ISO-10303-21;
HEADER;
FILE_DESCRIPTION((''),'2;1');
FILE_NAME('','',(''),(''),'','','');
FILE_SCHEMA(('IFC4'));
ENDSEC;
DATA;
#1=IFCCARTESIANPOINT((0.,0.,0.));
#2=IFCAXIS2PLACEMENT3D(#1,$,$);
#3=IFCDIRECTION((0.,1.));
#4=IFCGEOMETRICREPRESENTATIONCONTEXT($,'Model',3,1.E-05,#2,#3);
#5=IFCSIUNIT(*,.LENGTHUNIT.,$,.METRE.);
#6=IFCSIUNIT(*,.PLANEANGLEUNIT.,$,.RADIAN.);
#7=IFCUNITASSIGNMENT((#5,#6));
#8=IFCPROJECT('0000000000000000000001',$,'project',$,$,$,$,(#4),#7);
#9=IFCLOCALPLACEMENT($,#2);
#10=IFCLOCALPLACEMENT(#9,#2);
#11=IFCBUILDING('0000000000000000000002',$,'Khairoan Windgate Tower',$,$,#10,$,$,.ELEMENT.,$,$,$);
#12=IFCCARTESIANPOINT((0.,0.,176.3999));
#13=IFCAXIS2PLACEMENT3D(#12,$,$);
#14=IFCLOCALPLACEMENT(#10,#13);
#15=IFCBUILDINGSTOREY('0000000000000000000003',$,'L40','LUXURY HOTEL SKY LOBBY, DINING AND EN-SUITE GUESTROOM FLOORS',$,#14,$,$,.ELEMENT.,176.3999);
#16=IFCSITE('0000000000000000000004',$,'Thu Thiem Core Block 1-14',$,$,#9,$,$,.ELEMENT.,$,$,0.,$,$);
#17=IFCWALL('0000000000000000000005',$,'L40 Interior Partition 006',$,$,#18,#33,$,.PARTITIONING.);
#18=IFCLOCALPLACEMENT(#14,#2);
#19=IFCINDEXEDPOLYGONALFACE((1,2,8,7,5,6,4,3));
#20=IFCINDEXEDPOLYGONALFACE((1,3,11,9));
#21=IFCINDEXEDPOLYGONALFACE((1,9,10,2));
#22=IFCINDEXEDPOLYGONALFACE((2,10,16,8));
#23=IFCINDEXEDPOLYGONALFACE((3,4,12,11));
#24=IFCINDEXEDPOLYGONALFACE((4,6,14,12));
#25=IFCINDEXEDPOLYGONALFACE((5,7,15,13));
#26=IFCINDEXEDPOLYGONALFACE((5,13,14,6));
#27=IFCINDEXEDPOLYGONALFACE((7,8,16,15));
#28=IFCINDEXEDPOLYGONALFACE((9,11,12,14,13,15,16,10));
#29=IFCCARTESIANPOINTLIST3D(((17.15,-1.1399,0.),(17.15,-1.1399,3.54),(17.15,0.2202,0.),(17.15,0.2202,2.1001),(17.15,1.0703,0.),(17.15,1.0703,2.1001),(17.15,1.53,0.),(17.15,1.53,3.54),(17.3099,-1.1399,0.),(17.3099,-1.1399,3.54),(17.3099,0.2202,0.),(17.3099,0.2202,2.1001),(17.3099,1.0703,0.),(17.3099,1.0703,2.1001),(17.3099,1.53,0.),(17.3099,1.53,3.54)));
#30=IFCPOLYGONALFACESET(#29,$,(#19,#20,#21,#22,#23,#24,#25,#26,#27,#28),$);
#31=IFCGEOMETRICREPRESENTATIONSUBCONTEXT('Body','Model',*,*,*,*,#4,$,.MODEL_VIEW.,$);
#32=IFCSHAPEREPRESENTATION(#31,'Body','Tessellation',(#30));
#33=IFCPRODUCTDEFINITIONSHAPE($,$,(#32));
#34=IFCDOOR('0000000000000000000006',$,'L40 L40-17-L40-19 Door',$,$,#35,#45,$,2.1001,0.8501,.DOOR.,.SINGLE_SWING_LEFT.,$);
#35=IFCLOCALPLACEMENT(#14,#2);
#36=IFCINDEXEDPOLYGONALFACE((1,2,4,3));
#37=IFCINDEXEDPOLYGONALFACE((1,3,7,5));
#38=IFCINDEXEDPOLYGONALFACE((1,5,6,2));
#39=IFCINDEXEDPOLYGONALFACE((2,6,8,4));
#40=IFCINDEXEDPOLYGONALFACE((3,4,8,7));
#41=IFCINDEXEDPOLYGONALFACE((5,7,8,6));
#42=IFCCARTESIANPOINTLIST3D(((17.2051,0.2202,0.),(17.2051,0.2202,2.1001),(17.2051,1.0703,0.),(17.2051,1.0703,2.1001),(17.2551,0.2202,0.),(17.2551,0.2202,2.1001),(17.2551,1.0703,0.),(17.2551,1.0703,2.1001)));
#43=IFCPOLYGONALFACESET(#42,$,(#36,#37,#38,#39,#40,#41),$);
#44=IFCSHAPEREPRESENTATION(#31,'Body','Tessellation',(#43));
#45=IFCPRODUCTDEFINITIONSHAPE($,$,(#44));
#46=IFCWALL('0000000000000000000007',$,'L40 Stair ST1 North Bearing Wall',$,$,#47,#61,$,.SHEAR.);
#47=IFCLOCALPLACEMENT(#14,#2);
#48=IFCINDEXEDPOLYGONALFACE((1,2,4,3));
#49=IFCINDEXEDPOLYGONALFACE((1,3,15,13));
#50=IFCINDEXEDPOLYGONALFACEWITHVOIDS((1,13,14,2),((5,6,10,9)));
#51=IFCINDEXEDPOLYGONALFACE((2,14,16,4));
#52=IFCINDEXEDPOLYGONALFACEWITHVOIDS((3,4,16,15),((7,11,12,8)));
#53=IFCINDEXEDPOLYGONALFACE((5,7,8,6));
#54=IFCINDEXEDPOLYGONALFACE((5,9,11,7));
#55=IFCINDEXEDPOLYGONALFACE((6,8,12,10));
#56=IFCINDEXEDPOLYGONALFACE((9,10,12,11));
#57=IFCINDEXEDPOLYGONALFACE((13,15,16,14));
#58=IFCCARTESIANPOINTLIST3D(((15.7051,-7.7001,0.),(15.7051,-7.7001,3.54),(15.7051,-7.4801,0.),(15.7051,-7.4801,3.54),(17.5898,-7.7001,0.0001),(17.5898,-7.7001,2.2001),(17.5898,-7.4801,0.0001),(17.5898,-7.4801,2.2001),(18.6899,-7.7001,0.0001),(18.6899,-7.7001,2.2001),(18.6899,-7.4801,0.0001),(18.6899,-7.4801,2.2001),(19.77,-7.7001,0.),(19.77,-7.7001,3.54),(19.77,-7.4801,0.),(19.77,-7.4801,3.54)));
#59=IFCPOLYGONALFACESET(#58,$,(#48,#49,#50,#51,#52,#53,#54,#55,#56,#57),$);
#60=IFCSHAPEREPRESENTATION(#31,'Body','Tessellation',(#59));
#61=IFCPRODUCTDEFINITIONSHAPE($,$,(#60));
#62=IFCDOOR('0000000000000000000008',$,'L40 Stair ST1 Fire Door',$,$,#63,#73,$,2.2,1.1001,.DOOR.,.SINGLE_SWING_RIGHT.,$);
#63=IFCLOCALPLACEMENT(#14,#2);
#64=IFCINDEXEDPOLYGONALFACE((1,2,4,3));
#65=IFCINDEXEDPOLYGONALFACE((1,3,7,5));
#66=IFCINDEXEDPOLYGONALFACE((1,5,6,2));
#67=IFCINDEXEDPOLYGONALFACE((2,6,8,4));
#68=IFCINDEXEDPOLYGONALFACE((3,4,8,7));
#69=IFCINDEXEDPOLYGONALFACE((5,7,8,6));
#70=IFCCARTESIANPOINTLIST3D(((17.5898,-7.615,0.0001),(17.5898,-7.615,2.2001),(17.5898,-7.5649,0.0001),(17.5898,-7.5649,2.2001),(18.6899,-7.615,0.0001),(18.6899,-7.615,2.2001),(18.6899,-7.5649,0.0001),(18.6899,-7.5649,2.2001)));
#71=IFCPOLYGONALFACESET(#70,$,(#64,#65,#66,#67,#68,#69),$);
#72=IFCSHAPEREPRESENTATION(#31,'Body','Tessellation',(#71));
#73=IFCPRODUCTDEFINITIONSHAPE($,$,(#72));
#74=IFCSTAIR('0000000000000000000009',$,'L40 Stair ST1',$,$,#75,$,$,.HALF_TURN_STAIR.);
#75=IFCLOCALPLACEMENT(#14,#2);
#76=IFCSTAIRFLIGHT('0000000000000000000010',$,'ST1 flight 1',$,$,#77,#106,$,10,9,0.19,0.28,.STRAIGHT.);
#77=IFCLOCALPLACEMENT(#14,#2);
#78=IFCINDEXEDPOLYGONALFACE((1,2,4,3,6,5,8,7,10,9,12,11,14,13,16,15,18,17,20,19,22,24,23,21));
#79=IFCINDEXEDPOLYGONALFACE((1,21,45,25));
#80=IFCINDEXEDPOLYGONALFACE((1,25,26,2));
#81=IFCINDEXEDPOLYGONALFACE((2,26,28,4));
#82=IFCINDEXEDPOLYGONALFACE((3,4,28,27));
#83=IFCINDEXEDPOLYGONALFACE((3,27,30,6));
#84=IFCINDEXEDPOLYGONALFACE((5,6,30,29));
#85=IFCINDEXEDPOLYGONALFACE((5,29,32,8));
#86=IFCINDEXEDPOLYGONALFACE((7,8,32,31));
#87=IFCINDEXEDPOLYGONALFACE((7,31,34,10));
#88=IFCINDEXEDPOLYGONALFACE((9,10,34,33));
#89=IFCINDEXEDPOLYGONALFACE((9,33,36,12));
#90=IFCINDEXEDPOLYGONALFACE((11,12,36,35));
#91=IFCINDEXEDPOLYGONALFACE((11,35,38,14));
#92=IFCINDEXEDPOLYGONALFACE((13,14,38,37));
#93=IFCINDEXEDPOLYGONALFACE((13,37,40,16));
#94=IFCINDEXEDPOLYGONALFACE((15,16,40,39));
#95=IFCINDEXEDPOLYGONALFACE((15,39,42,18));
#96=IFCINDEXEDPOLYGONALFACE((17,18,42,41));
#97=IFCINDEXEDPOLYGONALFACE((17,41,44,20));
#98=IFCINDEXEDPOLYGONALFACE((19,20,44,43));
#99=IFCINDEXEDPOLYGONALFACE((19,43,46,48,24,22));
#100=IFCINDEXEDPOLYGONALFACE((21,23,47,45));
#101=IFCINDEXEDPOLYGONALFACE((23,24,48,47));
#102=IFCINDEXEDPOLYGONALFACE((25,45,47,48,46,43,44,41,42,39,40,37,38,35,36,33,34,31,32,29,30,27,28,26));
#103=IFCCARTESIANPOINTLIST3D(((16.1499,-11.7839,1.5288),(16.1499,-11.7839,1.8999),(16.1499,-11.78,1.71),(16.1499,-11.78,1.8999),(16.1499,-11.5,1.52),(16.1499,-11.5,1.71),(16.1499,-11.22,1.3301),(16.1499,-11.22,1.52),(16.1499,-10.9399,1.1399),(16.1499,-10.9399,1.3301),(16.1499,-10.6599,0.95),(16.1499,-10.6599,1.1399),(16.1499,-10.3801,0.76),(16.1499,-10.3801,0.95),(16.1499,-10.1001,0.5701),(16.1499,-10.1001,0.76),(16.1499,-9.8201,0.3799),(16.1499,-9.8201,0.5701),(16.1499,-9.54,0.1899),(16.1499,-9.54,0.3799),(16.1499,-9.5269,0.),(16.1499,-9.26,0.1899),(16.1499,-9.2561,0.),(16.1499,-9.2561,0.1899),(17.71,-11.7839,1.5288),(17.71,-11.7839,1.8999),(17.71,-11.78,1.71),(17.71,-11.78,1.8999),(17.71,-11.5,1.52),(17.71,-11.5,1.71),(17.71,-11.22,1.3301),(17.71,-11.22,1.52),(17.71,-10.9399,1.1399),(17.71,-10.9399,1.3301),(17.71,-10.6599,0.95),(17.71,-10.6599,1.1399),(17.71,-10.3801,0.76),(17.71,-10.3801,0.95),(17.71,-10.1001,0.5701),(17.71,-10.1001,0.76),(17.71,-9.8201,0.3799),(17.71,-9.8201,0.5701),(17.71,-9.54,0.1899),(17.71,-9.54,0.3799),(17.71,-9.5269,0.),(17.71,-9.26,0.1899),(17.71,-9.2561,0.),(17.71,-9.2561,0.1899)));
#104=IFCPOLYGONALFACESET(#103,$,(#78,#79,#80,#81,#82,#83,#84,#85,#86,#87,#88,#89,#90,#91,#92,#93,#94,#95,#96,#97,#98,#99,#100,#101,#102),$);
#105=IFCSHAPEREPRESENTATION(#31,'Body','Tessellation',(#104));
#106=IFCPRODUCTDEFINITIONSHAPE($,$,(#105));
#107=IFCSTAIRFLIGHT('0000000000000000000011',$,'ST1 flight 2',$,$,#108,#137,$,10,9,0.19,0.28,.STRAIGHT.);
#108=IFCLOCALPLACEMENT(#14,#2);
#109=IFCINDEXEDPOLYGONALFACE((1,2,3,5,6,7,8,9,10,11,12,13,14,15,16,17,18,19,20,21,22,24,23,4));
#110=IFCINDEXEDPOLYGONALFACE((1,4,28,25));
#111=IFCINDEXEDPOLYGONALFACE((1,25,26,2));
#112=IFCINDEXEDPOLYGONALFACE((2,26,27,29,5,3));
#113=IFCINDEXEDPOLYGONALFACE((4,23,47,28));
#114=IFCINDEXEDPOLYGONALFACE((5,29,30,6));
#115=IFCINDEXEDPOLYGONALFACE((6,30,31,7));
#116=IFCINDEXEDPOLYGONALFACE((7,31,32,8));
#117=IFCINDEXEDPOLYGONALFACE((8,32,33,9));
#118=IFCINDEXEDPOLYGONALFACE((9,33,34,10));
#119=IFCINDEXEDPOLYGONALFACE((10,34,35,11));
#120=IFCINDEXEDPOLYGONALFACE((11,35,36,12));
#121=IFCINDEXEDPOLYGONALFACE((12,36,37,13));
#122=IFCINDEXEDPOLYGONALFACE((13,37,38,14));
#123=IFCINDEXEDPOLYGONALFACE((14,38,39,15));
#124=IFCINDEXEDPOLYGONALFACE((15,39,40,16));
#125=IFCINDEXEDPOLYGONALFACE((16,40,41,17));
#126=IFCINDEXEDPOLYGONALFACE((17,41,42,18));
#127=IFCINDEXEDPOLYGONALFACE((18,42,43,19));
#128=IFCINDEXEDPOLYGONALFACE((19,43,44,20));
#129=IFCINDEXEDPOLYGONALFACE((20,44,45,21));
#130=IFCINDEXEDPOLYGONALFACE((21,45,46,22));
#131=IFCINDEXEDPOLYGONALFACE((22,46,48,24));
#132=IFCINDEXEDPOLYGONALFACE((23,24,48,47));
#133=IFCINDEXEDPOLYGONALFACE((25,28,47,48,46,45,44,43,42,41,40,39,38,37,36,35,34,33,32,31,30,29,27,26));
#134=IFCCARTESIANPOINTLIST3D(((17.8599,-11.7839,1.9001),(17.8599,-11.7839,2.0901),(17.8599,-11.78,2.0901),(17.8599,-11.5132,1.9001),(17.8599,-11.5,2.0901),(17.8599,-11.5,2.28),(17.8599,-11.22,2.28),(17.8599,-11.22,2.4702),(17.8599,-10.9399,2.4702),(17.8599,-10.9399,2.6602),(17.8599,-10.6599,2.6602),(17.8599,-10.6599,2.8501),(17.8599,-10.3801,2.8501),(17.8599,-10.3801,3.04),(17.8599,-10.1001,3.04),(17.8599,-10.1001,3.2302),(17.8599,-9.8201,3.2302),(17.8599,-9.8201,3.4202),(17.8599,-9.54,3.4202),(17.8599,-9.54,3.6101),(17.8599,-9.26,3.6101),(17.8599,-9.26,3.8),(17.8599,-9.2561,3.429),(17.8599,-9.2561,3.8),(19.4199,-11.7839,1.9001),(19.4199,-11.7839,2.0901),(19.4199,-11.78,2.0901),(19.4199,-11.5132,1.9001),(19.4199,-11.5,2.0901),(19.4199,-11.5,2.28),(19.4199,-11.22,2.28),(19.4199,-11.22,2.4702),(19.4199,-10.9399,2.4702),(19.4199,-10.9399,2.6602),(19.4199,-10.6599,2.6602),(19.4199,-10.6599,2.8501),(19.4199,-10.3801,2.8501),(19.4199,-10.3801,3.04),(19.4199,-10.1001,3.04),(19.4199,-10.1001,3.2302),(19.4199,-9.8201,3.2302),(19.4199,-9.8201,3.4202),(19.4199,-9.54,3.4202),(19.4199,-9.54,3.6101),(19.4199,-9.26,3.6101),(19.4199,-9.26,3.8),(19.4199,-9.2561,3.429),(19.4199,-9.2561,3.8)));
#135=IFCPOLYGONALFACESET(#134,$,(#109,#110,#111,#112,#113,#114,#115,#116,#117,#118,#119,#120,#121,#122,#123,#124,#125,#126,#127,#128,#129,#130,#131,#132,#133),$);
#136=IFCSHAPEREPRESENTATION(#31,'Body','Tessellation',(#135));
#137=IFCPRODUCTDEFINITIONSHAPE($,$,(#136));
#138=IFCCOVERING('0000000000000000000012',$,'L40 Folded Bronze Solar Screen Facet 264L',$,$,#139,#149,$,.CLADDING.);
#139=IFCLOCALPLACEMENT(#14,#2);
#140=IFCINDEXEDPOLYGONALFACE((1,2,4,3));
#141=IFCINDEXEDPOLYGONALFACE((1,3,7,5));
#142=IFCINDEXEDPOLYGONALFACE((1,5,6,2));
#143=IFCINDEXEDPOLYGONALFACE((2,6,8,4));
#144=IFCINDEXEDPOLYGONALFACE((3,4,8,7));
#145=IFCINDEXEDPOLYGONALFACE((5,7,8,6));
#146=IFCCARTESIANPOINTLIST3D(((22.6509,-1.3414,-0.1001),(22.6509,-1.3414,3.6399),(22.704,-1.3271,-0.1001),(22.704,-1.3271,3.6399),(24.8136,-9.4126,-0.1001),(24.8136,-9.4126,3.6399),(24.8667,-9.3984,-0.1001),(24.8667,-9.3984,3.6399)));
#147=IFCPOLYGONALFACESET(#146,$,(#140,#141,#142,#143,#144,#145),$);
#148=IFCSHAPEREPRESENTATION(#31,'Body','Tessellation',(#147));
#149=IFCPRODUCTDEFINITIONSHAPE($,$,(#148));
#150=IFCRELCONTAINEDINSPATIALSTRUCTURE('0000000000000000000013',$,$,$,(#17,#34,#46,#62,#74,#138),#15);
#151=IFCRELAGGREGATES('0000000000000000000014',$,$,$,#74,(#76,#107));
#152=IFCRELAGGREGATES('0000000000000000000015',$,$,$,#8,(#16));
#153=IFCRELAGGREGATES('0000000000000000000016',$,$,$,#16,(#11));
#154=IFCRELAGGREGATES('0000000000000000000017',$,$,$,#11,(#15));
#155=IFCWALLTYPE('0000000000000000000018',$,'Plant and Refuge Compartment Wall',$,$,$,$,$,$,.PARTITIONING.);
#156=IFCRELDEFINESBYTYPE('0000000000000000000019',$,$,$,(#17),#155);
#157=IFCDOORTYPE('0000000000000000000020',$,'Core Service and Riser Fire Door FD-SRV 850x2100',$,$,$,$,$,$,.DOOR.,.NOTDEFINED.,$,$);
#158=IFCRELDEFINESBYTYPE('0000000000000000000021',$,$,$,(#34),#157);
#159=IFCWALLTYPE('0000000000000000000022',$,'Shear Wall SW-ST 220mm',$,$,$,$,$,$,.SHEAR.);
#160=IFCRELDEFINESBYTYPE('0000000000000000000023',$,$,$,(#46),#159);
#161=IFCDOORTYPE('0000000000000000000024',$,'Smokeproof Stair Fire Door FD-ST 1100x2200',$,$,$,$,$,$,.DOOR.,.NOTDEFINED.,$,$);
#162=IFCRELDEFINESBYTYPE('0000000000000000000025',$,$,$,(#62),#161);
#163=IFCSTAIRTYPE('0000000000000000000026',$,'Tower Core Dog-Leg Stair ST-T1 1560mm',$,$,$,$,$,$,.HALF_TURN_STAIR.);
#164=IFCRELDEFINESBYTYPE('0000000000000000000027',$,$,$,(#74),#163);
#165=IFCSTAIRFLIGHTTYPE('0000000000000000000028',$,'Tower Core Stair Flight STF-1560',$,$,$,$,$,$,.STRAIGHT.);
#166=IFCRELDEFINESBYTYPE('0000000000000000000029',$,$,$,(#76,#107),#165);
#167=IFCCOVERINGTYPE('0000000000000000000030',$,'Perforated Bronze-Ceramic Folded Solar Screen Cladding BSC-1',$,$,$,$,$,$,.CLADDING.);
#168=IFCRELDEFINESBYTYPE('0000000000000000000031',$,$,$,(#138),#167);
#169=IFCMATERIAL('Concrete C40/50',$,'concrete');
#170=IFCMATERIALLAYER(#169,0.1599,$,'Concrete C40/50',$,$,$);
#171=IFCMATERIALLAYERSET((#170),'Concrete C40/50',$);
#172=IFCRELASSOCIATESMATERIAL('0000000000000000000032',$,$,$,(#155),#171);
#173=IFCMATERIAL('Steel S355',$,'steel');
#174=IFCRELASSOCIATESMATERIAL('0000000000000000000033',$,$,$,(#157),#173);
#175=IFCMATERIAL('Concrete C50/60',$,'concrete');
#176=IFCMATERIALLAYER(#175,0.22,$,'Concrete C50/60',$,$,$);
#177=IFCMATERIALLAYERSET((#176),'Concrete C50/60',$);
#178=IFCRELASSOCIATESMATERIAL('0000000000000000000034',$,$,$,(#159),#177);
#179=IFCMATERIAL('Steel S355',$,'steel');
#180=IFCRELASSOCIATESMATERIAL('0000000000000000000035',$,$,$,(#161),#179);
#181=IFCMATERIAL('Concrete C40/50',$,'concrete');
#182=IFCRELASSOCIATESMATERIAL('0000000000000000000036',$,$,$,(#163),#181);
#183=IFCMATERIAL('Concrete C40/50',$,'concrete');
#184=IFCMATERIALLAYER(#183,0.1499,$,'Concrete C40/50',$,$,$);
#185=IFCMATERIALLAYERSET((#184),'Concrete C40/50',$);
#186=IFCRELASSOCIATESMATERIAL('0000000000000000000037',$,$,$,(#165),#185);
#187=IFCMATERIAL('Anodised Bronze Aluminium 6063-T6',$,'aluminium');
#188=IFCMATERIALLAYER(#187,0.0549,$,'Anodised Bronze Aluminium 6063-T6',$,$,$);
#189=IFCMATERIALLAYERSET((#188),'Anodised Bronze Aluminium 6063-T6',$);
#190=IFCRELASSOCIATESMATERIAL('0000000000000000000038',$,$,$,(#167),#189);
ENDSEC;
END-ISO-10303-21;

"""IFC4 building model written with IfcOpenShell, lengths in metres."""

from ifc_helpers import new_model, si_unit, direction, frame, frame_2d, origin, origin_2d, place, context, subcontext, project, spatial, polyline, rectangle, outline, extrude, material, layer, layer_set, type_object, element, fill, aggregate, save


model = new_model("IFC4")

# Units and contexts
model_context = context("Model", 3, precision=1e-05, world=origin(), true_north=direction((0.0, 1.0)))
body_context = subcontext(model_context, "Body", "Model", "MODEL_VIEW")
ifc_project = project(units=[si_unit("LENGTHUNIT", "METRE"), si_unit("PLANEANGLEUNIT", "RADIAN")], contexts=[model_context])

# Site, building, storey
site_placement = place(None, origin())
site = spatial("IfcSite", under=ifc_project, at=site_placement, Name="Thu Thiem Core Block 1-14", CompositionType="ELEMENT", RefElevation=0.0)
building_placement = place(site_placement, origin())
building = spatial("IfcBuilding", under=site, at=building_placement, Name="Khairoan Windgate Tower", CompositionType="ELEMENT")
storey_placement = place(building_placement, frame((0.0, 0.0, 176.3999)))
storey = spatial("IfcBuildingStorey", under=building, at=storey_placement, Name="L40", Description="LUXURY HOTEL SKY LOBBY, DINING AND EN-SUITE GUESTROOM FLOORS", CompositionType="ELEMENT", Elevation=176.3999)

# Walls, openings, doors
ifc_material_1 = material(Name="Concrete C40/50", Category="concrete")
ifc_layer_1 = layer(ifc_material_1, 0.1599, Name="Concrete C40/50")
ifc_layer_set_1 = layer_set([ifc_layer_1], Name="Concrete C40/50")
wall_type_1 = type_object("IfcWallType", Name="Plant and Refuge Compartment Wall", PredefinedType="PARTITIONING", material=ifc_layer_set_1)
wall_1_placement = place(storey_placement, frame((17.23, -1.1399, 0.0), z_axis=(0.0, 0.0, 1.0), x_axis=(0.0, 1.0, 0.0)))
wall_1 = element("IfcWall", 1, at=wall_1_placement, inside=storey, type_object=wall_type_1, Name="L40 Interior Partition 006", PredefinedType="PARTITIONING", context=body_context, shape_type="SweptSolid", body=[
    extrude(rectangle(XDim=2.6699, YDim=0.1599, at=frame_2d((1.335, 0.0))), origin(), (0.0, 0.0, 1.0), 3.54),
])
opening_1_placement = place(wall_1_placement, frame((1.3601, 0.0, 0.0)))
opening_1 = element("IfcOpeningElement", 2, at=opening_1_placement, cuts=wall_1, PredefinedType="OPENING", context=body_context, shape_type="SweptSolid", body=[
    extrude(rectangle(XDim=0.8501, YDim=2.1001, at=frame_2d((0.425, 1.05))), frame((0.0, 0.0898, 0.0), z_axis=(0.0, -1.0, 0.0), x_axis=(1.0, 0.0, 0.0)), (0.0, 0.0, 1.0), 0.1799),
])
ifc_material_2 = material(Name="Steel S355", Category="steel")
door_type_1 = type_object("IfcDoorType", Name="Core Service and Riser Fire Door FD-SRV 850x2100", OperationType="NOTDEFINED", PredefinedType="DOOR", material=ifc_material_2)
door_1_placement = place(opening_1_placement, origin())
door_1 = element("IfcDoor", 3, at=door_1_placement, inside=storey, type_object=door_type_1, Name="L40 L40-17-L40-19 Door", OperationType="SINGLE_SWING_LEFT", OverallHeight=2.1001, OverallWidth=0.8501, PredefinedType="DOOR", context=body_context, shape_type="SweptSolid", body=[
    extrude(rectangle(XDim=0.8501, YDim=2.1001, at=frame_2d((0.425, 1.05))), frame((0.0, 0.0249, 0.0), z_axis=(0.0, -1.0, 0.0), x_axis=(1.0, 0.0, 0.0)), (0.0, 0.0, 1.0), 0.05),
])
fill(opening_1, door_1)
ifc_material_3 = material(Name="Concrete C50/60", Category="concrete")
ifc_layer_2 = layer(ifc_material_3, 0.22, Name="Concrete C50/60")
ifc_layer_set_2 = layer_set([ifc_layer_2], Name="Concrete C50/60")
wall_type_2 = type_object("IfcWallType", Name="Shear Wall SW-ST 220mm", PredefinedType="SHEAR", material=ifc_layer_set_2)
wall_2_placement = place(storey_placement, frame((19.77, -7.5901, 0.0), z_axis=(0.0, 0.0, 1.0), x_axis=(-1.0, 0.0, 0.0)))
wall_2 = element("IfcWall", 4, at=wall_2_placement, inside=storey, type_object=wall_type_2, Name="L40 Stair ST1 North Bearing Wall", PredefinedType="SHEAR", context=body_context, shape_type="SweptSolid", body=[
    extrude(rectangle(XDim=4.0649, YDim=0.22, at=frame_2d((2.0325, 0.0))), origin(), (0.0, 0.0, 1.0), 3.54),
])
opening_2_placement = place(wall_2_placement, frame((1.0801, 0.0, 0.0)))
opening_2 = element("IfcOpeningElement", 5, at=opening_2_placement, cuts=wall_2, PredefinedType="OPENING", context=body_context, shape_type="SweptSolid", body=[
    extrude(rectangle(XDim=1.1001, YDim=2.2, at=frame_2d((0.55, 1.1001))), frame((0.0, 0.1199, 0.0), z_axis=(0.0, -1.0, 0.0), x_axis=(1.0, 0.0, 0.0)), (0.0, 0.0, 1.0), 0.24),
])
ifc_material_4 = material(Name="Steel S355", Category="steel")
door_type_2 = type_object("IfcDoorType", Name="Smokeproof Stair Fire Door FD-ST 1100x2200", OperationType="NOTDEFINED", PredefinedType="DOOR", material=ifc_material_4)
door_2_placement = place(opening_2_placement, origin())
door_2 = element("IfcDoor", 6, at=door_2_placement, inside=storey, type_object=door_type_2, Name="L40 Stair ST1 Fire Door", OperationType="SINGLE_SWING_RIGHT", OverallHeight=2.2, OverallWidth=1.1001, PredefinedType="DOOR", context=body_context, shape_type="SweptSolid", body=[
    extrude(rectangle(XDim=1.1001, YDim=2.2, at=frame_2d((0.55, 1.1001))), frame((0.0, 0.0249, 0.0), z_axis=(0.0, -1.0, 0.0), x_axis=(1.0, 0.0, 0.0)), (0.0, 0.0, 1.0), 0.05),
])
fill(opening_2, door_2)

# Stair, stair flights
ifc_material_5 = material(Name="Concrete C40/50", Category="concrete")
stair_type = type_object("IfcStairType", Name="Tower Core Dog-Leg Stair ST-T1 1560mm", PredefinedType="HALF_TURN_STAIR", material=ifc_material_5)
stair_placement = place(storey_placement, origin())
stair = element("IfcStair", 7, at=stair_placement, inside=storey, type_object=stair_type, Name="L40 Stair ST1", PredefinedType="HALF_TURN_STAIR")
ifc_material_6 = material(Name="Concrete C40/50", Category="concrete")
ifc_layer_3 = layer(ifc_material_6, 0.1499, Name="Concrete C40/50")
ifc_layer_set_3 = layer_set([ifc_layer_3], Name="Concrete C40/50")
stair_flight_type = type_object("IfcStairFlightType", Name="Tower Core Stair Flight STF-1560", PredefinedType="STRAIGHT", material=ifc_layer_set_3)
stair_flight_1_placement = place(storey_placement, frame((16.9299, -9.26, 0.0), z_axis=(0.0, 0.0, 1.0), x_axis=(0.0, -1.0, 0.0)))
stair_flight_1 = element("IfcStairFlight", 8, at=stair_flight_1_placement, type_object=stair_flight_type, Name="ST1 flight 1", NumberOfRisers=10, NumberOfTreads=9, PredefinedType="STRAIGHT", RiserHeight=0.19, TreadLength=0.28, context=body_context, shape_type="SweptSolid", body=[
    extrude(outline(polyline([(-0.0039, 0.0), (-0.0039, 0.1899), (0.0, 0.1899), (0.28, 0.1899), (0.28, 0.3799), (0.5601, 0.3799), (0.5601, 0.5701), (0.8401, 0.5701), (0.8401, 0.76), (1.1201, 0.76), (1.1201, 0.95), (1.3999, 0.95), (1.3999, 1.1399), (1.6799, 1.1399), (1.6799, 1.3301), (1.96, 1.3301), (1.96, 1.52), (2.24, 1.52), (2.24, 1.71), (2.52, 1.71), (2.52, 1.8999), (2.5239, 1.8999), (2.5239, 1.5288), (0.2668, 0.0), (-0.0039, 0.0)])), frame((0.0, 0.78, 0.0), z_axis=(0.0, -1.0, 0.0), x_axis=(1.0, 0.0, 0.0)), (0.0, 0.0, 1.0), 1.5601),
])
stair_flight_2_placement = place(storey_placement, frame((18.6399, -11.78, 1.9001), z_axis=(0.0, 0.0, 1.0), x_axis=(0.0, 1.0, 0.0)))
stair_flight_2 = element("IfcStairFlight", 9, at=stair_flight_2_placement, type_object=stair_flight_type, Name="ST1 flight 2", NumberOfRisers=10, NumberOfTreads=9, PredefinedType="STRAIGHT", RiserHeight=0.19, TreadLength=0.28, context=body_context, shape_type="SweptSolid", body=[
    extrude(outline(polyline([(-0.0039, 0.0), (-0.0039, 0.1899), (0.0, 0.1899), (0.28, 0.1899), (0.28, 0.3799), (0.5601, 0.3799), (0.5601, 0.5701), (0.8401, 0.5701), (0.8401, 0.76), (1.1201, 0.76), (1.1201, 0.95), (1.3999, 0.95), (1.3999, 1.1399), (1.6799, 1.1399), (1.6799, 1.3301), (1.96, 1.3301), (1.96, 1.52), (2.24, 1.52), (2.24, 1.71), (2.52, 1.71), (2.52, 1.8999), (2.5239, 1.8999), (2.5239, 1.5288), (0.2668, 0.0), (-0.0039, 0.0)])), frame((0.0, 0.78, 0.0), z_axis=(0.0, -1.0, 0.0), x_axis=(1.0, 0.0, 0.0)), (0.0, 0.0, 1.0), 1.5601),
])
aggregate(stair, [stair_flight_1, stair_flight_2])

# Covering
ifc_material_7 = material(Name="Anodised Bronze Aluminium 6063-T6", Category="aluminium")
ifc_layer_4 = layer(ifc_material_7, 0.0549, Name="Anodised Bronze Aluminium 6063-T6")
ifc_layer_set_4 = layer_set([ifc_layer_4], Name="Anodised Bronze Aluminium 6063-T6")
covering_type = type_object("IfcCoveringType", Name="Perforated Bronze-Ceramic Folded Solar Screen Cladding BSC-1", PredefinedType="CLADDING", material=ifc_layer_set_4)
covering_placement = place(storey_placement, frame((23.7588, -5.3699, -0.1001), z_axis=(0.0, 0.0, 1.0), x_axis=(0.258819, -0.965926, 0.0)))
element("IfcCovering", 10, at=covering_placement, inside=storey, type_object=covering_type, Name="L40 Folded Bronze Solar Screen Facet 264L", PredefinedType="CLADDING", context=body_context, shape_type="SweptSolid", body=[
    extrude(rectangle(XDim=8.356, YDim=0.0549, at=origin_2d()), origin(), (0.0, 0.0, 1.0), 3.74),
])

save(model, "model.ifc")
